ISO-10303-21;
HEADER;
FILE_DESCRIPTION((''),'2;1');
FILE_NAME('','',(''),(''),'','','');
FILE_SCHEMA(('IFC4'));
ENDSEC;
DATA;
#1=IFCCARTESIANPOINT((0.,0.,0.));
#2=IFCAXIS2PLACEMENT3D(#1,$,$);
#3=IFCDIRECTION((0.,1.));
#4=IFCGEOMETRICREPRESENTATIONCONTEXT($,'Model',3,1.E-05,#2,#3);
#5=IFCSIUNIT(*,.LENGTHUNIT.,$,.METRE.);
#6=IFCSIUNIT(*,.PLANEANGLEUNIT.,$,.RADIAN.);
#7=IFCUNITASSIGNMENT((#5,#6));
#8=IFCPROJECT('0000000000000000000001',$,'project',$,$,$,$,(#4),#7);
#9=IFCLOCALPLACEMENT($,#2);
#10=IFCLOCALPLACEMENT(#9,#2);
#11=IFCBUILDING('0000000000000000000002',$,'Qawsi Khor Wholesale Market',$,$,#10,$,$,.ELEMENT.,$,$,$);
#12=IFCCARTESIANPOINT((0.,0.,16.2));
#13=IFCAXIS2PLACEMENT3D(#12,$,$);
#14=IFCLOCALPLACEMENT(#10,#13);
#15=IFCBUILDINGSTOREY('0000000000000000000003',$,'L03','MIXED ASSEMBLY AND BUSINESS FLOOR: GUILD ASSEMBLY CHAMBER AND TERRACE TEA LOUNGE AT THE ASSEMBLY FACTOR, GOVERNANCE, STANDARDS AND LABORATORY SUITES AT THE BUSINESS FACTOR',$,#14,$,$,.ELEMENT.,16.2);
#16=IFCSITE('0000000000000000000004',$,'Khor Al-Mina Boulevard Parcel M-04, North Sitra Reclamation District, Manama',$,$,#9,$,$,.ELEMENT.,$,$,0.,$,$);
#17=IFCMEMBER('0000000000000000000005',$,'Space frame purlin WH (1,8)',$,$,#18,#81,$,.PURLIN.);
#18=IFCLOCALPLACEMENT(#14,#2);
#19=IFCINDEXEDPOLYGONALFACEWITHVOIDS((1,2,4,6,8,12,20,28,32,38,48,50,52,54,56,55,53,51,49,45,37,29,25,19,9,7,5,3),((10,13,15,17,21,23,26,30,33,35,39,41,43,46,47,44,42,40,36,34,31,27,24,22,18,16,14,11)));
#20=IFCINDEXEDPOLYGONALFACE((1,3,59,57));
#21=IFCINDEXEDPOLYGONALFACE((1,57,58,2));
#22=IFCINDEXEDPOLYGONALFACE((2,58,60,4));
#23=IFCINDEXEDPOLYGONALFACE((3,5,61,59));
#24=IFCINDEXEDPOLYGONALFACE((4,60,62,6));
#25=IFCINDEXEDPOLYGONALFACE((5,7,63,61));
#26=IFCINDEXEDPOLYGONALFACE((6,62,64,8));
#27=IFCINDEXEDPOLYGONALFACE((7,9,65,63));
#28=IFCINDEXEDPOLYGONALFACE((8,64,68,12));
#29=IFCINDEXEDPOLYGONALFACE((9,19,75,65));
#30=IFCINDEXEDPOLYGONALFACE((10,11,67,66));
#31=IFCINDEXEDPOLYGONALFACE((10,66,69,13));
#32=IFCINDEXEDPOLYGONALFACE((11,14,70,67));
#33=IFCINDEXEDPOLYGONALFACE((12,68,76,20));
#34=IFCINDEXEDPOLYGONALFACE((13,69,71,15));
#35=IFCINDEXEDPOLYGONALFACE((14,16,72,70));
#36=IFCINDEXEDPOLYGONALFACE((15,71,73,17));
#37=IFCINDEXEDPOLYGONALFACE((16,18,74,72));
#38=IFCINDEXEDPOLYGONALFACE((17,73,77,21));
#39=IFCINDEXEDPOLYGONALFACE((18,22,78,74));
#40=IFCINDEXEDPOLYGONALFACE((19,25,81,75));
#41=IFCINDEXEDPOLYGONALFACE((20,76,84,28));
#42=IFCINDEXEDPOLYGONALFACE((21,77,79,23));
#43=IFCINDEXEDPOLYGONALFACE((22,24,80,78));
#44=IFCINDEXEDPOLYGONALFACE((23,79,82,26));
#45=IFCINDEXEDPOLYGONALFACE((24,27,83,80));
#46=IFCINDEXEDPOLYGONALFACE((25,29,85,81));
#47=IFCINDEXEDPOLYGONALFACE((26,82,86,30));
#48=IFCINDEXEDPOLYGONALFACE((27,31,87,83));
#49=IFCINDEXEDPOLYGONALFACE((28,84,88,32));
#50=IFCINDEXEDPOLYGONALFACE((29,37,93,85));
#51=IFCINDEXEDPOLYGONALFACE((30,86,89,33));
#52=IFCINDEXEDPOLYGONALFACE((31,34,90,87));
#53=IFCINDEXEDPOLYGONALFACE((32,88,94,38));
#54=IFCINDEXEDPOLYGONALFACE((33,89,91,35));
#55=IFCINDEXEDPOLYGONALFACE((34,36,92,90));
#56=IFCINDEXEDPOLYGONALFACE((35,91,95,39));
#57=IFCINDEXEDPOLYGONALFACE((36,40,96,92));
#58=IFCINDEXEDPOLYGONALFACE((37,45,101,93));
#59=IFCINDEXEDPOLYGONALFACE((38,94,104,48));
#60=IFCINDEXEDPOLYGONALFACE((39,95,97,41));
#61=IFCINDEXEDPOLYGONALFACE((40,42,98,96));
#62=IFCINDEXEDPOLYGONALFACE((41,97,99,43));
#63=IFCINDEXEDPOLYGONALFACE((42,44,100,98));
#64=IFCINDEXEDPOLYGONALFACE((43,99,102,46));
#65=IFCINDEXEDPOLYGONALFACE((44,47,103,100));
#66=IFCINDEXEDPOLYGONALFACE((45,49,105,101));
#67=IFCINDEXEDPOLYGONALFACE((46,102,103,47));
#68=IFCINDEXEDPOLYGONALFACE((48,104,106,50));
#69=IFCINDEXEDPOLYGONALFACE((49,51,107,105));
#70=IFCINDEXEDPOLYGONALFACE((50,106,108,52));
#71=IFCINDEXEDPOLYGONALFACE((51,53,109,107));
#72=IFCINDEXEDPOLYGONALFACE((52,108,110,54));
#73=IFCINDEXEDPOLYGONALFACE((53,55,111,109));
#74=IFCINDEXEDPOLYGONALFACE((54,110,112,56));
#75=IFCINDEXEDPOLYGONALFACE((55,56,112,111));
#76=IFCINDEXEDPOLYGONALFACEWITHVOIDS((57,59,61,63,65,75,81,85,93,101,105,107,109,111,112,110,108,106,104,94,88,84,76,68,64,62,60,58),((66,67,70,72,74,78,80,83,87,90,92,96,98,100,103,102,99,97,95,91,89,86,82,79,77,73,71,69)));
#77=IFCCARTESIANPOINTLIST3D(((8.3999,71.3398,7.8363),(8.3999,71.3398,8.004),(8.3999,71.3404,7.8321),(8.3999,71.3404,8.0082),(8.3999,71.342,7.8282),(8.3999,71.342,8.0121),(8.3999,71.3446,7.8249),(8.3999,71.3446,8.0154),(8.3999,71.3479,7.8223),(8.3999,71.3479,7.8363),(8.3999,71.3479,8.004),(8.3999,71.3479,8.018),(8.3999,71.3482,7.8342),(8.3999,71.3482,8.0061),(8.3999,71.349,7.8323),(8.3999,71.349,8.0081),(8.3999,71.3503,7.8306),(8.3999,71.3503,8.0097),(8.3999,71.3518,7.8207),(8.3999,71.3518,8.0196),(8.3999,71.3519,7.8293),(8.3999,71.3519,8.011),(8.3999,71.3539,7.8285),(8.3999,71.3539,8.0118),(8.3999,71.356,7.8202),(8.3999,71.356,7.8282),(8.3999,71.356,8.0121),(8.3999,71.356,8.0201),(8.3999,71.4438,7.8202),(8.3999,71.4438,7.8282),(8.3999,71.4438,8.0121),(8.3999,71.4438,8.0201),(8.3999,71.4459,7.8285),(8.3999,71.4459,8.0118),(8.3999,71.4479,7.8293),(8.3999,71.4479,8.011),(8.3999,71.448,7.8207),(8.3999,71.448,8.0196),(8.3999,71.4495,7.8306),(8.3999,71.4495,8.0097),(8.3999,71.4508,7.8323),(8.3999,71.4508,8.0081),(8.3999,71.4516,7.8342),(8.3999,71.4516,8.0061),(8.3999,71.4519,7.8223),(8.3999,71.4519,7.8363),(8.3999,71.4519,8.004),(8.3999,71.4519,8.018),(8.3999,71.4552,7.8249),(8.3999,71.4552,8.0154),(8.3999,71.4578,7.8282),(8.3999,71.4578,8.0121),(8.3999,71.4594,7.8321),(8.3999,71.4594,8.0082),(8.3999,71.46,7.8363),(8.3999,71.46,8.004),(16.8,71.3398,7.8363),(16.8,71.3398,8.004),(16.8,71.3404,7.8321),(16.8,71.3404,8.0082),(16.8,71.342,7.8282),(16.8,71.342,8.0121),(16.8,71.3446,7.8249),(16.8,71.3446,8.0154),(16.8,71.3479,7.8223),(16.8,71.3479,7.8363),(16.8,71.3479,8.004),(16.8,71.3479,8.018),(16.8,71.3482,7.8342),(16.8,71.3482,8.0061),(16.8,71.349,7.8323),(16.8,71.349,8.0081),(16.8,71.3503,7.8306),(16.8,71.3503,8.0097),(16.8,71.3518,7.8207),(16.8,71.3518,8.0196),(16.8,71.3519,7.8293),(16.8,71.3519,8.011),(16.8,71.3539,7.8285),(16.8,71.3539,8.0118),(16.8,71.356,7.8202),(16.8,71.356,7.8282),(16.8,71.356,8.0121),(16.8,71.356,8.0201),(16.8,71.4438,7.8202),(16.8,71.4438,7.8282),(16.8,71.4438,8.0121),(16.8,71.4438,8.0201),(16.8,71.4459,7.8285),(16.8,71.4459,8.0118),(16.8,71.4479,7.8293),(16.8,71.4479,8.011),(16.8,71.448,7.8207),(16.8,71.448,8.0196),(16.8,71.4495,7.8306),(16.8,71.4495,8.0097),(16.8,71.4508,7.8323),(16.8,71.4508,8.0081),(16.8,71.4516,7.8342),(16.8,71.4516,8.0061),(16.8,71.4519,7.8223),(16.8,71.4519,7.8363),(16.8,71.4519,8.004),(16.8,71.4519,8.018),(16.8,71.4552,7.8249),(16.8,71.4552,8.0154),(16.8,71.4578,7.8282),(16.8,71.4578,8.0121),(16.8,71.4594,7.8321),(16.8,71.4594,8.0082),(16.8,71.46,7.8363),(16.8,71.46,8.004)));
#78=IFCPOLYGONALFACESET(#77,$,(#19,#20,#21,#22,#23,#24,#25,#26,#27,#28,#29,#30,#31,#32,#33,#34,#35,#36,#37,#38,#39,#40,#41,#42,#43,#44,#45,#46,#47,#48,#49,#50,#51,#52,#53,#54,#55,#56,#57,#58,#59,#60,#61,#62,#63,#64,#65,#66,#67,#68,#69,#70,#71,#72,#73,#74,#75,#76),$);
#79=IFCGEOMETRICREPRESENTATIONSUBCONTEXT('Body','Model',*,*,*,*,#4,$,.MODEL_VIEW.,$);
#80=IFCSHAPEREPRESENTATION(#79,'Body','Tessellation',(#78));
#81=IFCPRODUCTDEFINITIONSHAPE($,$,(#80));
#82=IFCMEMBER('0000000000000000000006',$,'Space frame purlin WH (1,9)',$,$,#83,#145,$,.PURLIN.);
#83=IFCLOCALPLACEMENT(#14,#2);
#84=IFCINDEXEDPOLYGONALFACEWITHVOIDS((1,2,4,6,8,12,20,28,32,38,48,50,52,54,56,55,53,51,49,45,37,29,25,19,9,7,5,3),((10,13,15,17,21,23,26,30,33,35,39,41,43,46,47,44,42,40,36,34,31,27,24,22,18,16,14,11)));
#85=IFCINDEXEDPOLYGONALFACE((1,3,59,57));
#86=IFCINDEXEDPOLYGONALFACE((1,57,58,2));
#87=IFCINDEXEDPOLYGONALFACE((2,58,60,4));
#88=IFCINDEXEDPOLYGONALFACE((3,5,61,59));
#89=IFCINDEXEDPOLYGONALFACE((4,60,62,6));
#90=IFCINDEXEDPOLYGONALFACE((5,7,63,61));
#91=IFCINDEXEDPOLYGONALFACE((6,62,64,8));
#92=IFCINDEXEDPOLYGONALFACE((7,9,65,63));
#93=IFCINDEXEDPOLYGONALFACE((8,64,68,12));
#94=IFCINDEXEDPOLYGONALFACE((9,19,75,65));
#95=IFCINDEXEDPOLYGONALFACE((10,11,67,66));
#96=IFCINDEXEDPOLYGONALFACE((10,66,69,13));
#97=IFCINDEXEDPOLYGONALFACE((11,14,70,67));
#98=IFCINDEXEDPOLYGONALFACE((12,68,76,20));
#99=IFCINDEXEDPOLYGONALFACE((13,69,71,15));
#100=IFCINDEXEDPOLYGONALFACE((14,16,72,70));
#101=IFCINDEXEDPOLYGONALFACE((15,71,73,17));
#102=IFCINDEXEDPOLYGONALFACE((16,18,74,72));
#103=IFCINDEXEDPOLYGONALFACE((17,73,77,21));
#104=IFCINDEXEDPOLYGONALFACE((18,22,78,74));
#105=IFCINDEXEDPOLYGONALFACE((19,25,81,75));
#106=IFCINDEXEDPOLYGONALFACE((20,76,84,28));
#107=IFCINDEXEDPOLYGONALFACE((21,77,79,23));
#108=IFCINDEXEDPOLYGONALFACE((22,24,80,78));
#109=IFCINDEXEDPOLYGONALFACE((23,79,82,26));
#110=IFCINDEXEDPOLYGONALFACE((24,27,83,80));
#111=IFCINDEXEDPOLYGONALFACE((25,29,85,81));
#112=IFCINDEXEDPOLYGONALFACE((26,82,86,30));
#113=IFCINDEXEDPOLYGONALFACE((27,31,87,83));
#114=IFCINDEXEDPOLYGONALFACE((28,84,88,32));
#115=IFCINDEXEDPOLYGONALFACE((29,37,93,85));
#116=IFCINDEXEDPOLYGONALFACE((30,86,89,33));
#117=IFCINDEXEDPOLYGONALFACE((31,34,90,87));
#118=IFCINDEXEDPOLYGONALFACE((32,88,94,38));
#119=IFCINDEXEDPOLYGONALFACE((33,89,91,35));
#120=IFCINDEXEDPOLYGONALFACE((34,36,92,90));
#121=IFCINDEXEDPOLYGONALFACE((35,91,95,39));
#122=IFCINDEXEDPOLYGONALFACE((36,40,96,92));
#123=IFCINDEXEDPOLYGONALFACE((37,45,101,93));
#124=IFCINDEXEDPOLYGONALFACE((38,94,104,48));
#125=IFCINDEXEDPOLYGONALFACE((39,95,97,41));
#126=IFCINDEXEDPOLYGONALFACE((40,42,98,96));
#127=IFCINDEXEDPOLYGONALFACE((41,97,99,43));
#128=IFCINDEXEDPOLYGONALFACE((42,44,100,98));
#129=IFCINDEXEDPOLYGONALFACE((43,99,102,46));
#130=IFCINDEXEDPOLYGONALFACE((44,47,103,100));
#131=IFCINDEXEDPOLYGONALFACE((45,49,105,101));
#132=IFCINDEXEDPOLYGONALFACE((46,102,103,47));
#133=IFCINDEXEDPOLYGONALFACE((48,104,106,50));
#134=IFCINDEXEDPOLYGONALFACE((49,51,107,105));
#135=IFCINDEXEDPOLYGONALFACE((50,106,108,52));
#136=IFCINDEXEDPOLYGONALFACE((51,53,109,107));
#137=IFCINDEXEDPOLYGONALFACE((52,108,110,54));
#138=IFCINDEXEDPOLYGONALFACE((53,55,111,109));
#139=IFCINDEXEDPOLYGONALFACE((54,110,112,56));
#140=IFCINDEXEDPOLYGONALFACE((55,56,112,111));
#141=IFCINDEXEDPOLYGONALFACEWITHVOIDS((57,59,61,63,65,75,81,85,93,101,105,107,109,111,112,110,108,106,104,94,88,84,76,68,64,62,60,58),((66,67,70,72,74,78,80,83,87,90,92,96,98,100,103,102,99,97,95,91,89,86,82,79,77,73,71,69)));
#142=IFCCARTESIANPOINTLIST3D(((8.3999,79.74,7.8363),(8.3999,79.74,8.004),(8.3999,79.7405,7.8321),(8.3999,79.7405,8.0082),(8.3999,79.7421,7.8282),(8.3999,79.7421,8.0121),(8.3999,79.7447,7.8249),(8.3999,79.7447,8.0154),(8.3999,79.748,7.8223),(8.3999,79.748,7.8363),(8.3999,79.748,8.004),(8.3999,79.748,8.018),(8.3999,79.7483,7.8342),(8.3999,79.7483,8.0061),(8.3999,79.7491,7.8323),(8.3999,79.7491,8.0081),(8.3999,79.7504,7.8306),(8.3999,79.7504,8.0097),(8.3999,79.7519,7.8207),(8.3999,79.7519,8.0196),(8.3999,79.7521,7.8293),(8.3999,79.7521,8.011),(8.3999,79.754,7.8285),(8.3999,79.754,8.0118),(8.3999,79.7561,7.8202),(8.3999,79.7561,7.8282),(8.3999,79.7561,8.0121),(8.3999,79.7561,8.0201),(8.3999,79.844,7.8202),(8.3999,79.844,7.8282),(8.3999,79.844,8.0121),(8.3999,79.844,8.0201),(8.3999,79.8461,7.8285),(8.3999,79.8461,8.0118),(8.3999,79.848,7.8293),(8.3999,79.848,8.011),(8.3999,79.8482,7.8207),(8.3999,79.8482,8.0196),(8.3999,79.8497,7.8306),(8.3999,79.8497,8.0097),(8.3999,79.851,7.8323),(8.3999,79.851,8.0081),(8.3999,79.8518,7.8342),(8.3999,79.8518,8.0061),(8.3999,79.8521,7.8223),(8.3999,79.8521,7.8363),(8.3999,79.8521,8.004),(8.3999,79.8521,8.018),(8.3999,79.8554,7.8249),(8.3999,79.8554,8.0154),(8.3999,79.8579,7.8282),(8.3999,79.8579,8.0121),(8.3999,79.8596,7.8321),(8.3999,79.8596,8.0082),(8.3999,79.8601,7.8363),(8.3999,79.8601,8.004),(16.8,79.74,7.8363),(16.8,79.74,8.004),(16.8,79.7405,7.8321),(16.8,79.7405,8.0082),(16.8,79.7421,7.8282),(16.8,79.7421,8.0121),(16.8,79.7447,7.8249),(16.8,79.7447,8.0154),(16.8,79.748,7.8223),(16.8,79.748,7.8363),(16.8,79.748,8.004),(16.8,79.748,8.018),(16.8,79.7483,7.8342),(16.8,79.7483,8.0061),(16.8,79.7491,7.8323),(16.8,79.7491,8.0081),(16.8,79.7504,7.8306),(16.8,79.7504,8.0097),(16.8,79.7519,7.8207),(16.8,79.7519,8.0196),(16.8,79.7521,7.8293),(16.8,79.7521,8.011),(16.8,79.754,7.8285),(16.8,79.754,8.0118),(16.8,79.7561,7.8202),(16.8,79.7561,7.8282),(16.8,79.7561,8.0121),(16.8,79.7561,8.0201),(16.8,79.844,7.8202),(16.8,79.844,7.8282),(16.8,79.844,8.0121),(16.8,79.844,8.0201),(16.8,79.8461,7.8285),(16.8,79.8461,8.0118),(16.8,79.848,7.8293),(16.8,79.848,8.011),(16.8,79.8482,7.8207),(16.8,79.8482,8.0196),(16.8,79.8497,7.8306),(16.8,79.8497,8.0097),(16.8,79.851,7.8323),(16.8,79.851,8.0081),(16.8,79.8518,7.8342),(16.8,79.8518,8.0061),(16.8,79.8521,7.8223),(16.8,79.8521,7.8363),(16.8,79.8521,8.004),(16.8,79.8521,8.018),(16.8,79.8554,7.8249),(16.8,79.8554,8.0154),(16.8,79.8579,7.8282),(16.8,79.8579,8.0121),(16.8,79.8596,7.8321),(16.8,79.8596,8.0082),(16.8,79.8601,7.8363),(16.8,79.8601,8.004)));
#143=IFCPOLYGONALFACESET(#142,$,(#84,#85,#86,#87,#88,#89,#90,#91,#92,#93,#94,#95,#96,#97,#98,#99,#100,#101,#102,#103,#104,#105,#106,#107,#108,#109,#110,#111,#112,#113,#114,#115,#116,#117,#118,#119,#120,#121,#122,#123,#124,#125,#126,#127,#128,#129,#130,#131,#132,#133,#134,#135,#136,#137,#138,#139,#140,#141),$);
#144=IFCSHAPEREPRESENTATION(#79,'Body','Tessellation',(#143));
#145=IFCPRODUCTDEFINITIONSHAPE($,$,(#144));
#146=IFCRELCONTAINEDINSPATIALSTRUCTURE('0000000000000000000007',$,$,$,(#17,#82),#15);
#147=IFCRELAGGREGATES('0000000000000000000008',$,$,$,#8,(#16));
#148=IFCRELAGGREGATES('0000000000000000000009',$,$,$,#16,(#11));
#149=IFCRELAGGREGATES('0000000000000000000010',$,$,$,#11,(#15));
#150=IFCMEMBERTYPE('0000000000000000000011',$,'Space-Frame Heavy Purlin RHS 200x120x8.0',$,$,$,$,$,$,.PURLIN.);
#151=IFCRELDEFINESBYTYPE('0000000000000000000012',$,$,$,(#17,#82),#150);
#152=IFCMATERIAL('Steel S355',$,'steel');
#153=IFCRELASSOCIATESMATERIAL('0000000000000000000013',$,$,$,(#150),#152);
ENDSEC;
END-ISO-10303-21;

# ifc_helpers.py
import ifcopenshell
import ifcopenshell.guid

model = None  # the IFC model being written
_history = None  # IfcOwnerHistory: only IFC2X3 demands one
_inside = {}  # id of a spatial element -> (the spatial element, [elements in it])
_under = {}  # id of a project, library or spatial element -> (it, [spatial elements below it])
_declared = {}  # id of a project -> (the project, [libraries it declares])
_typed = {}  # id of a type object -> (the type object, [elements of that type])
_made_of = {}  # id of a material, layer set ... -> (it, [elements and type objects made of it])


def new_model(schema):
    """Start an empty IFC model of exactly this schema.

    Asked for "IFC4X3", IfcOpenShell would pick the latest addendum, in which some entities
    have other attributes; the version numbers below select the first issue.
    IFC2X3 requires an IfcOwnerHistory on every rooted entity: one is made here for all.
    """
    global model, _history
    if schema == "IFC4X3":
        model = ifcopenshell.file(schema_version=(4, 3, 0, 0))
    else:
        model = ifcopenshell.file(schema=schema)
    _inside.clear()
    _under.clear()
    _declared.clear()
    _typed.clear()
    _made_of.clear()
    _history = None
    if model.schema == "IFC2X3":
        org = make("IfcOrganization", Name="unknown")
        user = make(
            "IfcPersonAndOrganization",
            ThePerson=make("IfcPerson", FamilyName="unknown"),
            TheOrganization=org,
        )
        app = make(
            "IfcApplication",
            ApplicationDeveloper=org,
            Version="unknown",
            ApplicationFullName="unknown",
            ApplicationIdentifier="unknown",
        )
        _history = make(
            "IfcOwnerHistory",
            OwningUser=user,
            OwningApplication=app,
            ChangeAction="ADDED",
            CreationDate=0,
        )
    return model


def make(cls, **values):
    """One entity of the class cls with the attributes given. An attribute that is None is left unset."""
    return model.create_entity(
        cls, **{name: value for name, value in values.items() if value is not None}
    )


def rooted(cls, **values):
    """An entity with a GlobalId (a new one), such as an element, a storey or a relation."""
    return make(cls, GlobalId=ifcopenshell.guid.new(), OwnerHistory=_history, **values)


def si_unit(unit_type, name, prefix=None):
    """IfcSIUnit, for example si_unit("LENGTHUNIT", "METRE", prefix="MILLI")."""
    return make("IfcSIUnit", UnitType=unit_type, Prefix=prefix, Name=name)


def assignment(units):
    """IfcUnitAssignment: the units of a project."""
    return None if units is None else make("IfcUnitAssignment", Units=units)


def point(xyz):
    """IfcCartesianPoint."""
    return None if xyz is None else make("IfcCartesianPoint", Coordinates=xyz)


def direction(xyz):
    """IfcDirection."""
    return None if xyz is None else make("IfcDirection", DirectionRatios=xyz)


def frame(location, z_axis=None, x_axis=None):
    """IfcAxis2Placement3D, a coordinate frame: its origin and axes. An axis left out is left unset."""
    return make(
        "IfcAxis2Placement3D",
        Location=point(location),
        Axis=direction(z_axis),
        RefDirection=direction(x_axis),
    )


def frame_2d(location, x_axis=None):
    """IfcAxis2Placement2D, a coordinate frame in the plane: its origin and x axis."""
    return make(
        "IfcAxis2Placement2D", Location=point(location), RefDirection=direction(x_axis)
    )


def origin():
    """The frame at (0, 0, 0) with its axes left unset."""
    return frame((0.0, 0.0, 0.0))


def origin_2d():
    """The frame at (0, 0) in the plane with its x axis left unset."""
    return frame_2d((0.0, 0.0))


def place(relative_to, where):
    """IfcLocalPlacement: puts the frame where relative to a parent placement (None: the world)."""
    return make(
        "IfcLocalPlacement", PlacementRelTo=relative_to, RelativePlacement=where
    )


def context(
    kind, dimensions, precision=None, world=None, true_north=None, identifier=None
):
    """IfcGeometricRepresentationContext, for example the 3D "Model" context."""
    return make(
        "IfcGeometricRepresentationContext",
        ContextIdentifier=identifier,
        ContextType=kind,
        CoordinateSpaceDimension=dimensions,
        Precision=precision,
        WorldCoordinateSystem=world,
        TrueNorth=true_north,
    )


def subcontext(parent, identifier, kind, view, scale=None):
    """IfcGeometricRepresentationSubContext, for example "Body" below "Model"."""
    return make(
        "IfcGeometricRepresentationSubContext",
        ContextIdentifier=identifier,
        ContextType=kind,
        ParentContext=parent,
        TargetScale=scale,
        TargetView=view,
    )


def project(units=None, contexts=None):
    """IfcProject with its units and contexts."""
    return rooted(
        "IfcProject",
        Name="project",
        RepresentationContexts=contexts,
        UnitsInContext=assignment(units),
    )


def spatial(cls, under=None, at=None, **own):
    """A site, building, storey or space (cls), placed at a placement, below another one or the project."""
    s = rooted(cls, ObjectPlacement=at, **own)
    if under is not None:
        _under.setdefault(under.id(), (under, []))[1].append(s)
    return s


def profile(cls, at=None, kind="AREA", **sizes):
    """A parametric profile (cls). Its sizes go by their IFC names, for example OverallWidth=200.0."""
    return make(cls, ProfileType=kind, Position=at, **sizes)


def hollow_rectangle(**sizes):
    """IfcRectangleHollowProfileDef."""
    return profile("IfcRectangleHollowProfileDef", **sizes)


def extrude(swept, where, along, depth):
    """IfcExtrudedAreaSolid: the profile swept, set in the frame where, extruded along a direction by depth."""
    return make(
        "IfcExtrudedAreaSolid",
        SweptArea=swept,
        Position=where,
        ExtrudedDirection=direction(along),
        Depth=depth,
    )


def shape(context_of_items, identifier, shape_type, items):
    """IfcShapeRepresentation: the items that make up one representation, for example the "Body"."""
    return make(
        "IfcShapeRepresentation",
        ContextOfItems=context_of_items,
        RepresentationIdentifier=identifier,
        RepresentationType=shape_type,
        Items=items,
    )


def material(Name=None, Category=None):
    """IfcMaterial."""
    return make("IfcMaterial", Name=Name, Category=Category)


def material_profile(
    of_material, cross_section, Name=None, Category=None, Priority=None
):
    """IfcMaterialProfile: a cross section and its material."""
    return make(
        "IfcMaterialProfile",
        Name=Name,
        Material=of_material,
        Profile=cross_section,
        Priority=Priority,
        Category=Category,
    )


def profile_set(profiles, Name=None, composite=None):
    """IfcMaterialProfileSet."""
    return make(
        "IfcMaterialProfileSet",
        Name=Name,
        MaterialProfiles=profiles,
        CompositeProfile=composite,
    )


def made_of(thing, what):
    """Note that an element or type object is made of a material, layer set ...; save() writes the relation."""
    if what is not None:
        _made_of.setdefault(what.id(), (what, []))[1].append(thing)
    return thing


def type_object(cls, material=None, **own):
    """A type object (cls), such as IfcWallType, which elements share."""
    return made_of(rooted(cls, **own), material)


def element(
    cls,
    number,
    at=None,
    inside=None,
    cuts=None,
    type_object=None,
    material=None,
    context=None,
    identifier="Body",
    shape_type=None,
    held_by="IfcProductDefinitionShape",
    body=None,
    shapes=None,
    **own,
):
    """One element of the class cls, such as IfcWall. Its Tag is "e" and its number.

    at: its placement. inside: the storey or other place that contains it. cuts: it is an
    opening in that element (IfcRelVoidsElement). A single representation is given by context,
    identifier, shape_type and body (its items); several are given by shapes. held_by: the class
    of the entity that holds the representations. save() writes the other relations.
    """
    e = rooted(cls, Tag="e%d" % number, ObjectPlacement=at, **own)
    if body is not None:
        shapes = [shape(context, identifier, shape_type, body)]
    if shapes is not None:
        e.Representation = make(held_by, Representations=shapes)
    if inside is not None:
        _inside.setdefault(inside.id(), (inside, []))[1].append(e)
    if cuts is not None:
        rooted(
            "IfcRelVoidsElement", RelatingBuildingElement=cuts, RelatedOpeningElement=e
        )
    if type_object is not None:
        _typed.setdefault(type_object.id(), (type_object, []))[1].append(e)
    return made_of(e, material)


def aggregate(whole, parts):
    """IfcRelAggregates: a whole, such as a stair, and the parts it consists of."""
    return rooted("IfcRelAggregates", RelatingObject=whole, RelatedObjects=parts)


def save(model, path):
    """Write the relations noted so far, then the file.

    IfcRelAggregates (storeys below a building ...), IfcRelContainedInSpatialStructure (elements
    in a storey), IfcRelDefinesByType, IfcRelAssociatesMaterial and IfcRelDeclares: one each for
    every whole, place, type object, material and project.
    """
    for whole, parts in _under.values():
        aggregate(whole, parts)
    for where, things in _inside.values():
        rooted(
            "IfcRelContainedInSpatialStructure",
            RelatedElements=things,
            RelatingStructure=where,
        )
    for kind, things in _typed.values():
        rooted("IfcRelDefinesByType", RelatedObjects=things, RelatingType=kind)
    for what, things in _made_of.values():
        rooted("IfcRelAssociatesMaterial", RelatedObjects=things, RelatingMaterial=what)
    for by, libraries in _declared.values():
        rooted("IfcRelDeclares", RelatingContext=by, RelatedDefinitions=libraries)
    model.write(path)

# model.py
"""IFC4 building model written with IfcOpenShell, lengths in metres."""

from ifc_helpers import new_model, si_unit, direction, frame, origin, origin_2d, place, context, subcontext, project, spatial, hollow_rectangle, extrude, material, material_profile, profile_set, type_object, element, save


model = new_model("IFC4")

# Units and contexts
model_context = context("Model", 3, precision=1e-05, world=origin(), true_north=direction((0.0, 1.0)))
body_context = subcontext(model_context, "Body", "Model", "MODEL_VIEW")
ifc_project = project(units=[si_unit("LENGTHUNIT", "METRE"), si_unit("PLANEANGLEUNIT", "RADIAN")], contexts=[model_context])

# Site, building, storey
site_placement = place(None, origin())
site = spatial("IfcSite", under=ifc_project, at=site_placement, Name="Khor Al-Mina Boulevard Parcel M-04, North Sitra Reclamation District, Manama", CompositionType="ELEMENT", RefElevation=0.0)
building_placement = place(site_placement, origin())
building = spatial("IfcBuilding", under=site, at=building_placement, Name="Qawsi Khor Wholesale Market", CompositionType="ELEMENT")
storey_placement = place(building_placement, frame((0.0, 0.0, 16.2)))
storey = spatial("IfcBuildingStorey", under=building, at=storey_placement, Name="L03", Description="MIXED ASSEMBLY AND BUSINESS FLOOR: GUILD ASSEMBLY CHAMBER AND TERRACE TEA LOUNGE AT THE ASSEMBLY FACTOR, GOVERNANCE, STANDARDS AND LABORATORY SUITES AT THE BUSINESS FACTOR", CompositionType="ELEMENT", Elevation=16.2)

# Members
ifc_material_1 = material(Name="Steel S355", Category="steel")
ifc_material_profile_1 = material_profile(ifc_material_1, hollow_rectangle(XDim=0.1201, YDim=0.2, WallThickness=0.0081, InnerFilletRadius=0.0081, OuterFilletRadius=0.0161, at=origin_2d()), Name="RHS 200x120x8.0")
ifc_profile_set_1 = profile_set([ifc_material_profile_1], Name="Steel S355")
member_type_1 = type_object("IfcMemberType", Name="Space-Frame Heavy Purlin RHS 200x120x8.0", PredefinedType="PURLIN", material=ifc_profile_set_1)
for number, where, z_axis, x_axis, name in (
    (1, (8.3999, 71.3999, 7.9202), (1.0, 0.0, 0.0), (0.0, 1.0, 0.0), "Space frame purlin WH (1,8)"),
    (2, (8.3999, 79.8, 7.9202), (1.0, 0.0, 0.0), (0.0, 1.0, 0.0), "Space frame purlin WH (1,9)"),
):
    element("IfcMember", number, at=place(storey_placement, frame(where, z_axis=z_axis, x_axis=x_axis)), inside=storey, type_object=member_type_1, Name=name, PredefinedType="PURLIN", context=body_context, shape_type="SweptSolid", body=[
        extrude(hollow_rectangle(XDim=0.1201, YDim=0.2, WallThickness=0.0081, InnerFilletRadius=0.0081, OuterFilletRadius=0.0161, at=origin_2d()), origin(), (0.0, 0.0, 1.0), 8.4001),
    ])

save(model, "model.ifc")
